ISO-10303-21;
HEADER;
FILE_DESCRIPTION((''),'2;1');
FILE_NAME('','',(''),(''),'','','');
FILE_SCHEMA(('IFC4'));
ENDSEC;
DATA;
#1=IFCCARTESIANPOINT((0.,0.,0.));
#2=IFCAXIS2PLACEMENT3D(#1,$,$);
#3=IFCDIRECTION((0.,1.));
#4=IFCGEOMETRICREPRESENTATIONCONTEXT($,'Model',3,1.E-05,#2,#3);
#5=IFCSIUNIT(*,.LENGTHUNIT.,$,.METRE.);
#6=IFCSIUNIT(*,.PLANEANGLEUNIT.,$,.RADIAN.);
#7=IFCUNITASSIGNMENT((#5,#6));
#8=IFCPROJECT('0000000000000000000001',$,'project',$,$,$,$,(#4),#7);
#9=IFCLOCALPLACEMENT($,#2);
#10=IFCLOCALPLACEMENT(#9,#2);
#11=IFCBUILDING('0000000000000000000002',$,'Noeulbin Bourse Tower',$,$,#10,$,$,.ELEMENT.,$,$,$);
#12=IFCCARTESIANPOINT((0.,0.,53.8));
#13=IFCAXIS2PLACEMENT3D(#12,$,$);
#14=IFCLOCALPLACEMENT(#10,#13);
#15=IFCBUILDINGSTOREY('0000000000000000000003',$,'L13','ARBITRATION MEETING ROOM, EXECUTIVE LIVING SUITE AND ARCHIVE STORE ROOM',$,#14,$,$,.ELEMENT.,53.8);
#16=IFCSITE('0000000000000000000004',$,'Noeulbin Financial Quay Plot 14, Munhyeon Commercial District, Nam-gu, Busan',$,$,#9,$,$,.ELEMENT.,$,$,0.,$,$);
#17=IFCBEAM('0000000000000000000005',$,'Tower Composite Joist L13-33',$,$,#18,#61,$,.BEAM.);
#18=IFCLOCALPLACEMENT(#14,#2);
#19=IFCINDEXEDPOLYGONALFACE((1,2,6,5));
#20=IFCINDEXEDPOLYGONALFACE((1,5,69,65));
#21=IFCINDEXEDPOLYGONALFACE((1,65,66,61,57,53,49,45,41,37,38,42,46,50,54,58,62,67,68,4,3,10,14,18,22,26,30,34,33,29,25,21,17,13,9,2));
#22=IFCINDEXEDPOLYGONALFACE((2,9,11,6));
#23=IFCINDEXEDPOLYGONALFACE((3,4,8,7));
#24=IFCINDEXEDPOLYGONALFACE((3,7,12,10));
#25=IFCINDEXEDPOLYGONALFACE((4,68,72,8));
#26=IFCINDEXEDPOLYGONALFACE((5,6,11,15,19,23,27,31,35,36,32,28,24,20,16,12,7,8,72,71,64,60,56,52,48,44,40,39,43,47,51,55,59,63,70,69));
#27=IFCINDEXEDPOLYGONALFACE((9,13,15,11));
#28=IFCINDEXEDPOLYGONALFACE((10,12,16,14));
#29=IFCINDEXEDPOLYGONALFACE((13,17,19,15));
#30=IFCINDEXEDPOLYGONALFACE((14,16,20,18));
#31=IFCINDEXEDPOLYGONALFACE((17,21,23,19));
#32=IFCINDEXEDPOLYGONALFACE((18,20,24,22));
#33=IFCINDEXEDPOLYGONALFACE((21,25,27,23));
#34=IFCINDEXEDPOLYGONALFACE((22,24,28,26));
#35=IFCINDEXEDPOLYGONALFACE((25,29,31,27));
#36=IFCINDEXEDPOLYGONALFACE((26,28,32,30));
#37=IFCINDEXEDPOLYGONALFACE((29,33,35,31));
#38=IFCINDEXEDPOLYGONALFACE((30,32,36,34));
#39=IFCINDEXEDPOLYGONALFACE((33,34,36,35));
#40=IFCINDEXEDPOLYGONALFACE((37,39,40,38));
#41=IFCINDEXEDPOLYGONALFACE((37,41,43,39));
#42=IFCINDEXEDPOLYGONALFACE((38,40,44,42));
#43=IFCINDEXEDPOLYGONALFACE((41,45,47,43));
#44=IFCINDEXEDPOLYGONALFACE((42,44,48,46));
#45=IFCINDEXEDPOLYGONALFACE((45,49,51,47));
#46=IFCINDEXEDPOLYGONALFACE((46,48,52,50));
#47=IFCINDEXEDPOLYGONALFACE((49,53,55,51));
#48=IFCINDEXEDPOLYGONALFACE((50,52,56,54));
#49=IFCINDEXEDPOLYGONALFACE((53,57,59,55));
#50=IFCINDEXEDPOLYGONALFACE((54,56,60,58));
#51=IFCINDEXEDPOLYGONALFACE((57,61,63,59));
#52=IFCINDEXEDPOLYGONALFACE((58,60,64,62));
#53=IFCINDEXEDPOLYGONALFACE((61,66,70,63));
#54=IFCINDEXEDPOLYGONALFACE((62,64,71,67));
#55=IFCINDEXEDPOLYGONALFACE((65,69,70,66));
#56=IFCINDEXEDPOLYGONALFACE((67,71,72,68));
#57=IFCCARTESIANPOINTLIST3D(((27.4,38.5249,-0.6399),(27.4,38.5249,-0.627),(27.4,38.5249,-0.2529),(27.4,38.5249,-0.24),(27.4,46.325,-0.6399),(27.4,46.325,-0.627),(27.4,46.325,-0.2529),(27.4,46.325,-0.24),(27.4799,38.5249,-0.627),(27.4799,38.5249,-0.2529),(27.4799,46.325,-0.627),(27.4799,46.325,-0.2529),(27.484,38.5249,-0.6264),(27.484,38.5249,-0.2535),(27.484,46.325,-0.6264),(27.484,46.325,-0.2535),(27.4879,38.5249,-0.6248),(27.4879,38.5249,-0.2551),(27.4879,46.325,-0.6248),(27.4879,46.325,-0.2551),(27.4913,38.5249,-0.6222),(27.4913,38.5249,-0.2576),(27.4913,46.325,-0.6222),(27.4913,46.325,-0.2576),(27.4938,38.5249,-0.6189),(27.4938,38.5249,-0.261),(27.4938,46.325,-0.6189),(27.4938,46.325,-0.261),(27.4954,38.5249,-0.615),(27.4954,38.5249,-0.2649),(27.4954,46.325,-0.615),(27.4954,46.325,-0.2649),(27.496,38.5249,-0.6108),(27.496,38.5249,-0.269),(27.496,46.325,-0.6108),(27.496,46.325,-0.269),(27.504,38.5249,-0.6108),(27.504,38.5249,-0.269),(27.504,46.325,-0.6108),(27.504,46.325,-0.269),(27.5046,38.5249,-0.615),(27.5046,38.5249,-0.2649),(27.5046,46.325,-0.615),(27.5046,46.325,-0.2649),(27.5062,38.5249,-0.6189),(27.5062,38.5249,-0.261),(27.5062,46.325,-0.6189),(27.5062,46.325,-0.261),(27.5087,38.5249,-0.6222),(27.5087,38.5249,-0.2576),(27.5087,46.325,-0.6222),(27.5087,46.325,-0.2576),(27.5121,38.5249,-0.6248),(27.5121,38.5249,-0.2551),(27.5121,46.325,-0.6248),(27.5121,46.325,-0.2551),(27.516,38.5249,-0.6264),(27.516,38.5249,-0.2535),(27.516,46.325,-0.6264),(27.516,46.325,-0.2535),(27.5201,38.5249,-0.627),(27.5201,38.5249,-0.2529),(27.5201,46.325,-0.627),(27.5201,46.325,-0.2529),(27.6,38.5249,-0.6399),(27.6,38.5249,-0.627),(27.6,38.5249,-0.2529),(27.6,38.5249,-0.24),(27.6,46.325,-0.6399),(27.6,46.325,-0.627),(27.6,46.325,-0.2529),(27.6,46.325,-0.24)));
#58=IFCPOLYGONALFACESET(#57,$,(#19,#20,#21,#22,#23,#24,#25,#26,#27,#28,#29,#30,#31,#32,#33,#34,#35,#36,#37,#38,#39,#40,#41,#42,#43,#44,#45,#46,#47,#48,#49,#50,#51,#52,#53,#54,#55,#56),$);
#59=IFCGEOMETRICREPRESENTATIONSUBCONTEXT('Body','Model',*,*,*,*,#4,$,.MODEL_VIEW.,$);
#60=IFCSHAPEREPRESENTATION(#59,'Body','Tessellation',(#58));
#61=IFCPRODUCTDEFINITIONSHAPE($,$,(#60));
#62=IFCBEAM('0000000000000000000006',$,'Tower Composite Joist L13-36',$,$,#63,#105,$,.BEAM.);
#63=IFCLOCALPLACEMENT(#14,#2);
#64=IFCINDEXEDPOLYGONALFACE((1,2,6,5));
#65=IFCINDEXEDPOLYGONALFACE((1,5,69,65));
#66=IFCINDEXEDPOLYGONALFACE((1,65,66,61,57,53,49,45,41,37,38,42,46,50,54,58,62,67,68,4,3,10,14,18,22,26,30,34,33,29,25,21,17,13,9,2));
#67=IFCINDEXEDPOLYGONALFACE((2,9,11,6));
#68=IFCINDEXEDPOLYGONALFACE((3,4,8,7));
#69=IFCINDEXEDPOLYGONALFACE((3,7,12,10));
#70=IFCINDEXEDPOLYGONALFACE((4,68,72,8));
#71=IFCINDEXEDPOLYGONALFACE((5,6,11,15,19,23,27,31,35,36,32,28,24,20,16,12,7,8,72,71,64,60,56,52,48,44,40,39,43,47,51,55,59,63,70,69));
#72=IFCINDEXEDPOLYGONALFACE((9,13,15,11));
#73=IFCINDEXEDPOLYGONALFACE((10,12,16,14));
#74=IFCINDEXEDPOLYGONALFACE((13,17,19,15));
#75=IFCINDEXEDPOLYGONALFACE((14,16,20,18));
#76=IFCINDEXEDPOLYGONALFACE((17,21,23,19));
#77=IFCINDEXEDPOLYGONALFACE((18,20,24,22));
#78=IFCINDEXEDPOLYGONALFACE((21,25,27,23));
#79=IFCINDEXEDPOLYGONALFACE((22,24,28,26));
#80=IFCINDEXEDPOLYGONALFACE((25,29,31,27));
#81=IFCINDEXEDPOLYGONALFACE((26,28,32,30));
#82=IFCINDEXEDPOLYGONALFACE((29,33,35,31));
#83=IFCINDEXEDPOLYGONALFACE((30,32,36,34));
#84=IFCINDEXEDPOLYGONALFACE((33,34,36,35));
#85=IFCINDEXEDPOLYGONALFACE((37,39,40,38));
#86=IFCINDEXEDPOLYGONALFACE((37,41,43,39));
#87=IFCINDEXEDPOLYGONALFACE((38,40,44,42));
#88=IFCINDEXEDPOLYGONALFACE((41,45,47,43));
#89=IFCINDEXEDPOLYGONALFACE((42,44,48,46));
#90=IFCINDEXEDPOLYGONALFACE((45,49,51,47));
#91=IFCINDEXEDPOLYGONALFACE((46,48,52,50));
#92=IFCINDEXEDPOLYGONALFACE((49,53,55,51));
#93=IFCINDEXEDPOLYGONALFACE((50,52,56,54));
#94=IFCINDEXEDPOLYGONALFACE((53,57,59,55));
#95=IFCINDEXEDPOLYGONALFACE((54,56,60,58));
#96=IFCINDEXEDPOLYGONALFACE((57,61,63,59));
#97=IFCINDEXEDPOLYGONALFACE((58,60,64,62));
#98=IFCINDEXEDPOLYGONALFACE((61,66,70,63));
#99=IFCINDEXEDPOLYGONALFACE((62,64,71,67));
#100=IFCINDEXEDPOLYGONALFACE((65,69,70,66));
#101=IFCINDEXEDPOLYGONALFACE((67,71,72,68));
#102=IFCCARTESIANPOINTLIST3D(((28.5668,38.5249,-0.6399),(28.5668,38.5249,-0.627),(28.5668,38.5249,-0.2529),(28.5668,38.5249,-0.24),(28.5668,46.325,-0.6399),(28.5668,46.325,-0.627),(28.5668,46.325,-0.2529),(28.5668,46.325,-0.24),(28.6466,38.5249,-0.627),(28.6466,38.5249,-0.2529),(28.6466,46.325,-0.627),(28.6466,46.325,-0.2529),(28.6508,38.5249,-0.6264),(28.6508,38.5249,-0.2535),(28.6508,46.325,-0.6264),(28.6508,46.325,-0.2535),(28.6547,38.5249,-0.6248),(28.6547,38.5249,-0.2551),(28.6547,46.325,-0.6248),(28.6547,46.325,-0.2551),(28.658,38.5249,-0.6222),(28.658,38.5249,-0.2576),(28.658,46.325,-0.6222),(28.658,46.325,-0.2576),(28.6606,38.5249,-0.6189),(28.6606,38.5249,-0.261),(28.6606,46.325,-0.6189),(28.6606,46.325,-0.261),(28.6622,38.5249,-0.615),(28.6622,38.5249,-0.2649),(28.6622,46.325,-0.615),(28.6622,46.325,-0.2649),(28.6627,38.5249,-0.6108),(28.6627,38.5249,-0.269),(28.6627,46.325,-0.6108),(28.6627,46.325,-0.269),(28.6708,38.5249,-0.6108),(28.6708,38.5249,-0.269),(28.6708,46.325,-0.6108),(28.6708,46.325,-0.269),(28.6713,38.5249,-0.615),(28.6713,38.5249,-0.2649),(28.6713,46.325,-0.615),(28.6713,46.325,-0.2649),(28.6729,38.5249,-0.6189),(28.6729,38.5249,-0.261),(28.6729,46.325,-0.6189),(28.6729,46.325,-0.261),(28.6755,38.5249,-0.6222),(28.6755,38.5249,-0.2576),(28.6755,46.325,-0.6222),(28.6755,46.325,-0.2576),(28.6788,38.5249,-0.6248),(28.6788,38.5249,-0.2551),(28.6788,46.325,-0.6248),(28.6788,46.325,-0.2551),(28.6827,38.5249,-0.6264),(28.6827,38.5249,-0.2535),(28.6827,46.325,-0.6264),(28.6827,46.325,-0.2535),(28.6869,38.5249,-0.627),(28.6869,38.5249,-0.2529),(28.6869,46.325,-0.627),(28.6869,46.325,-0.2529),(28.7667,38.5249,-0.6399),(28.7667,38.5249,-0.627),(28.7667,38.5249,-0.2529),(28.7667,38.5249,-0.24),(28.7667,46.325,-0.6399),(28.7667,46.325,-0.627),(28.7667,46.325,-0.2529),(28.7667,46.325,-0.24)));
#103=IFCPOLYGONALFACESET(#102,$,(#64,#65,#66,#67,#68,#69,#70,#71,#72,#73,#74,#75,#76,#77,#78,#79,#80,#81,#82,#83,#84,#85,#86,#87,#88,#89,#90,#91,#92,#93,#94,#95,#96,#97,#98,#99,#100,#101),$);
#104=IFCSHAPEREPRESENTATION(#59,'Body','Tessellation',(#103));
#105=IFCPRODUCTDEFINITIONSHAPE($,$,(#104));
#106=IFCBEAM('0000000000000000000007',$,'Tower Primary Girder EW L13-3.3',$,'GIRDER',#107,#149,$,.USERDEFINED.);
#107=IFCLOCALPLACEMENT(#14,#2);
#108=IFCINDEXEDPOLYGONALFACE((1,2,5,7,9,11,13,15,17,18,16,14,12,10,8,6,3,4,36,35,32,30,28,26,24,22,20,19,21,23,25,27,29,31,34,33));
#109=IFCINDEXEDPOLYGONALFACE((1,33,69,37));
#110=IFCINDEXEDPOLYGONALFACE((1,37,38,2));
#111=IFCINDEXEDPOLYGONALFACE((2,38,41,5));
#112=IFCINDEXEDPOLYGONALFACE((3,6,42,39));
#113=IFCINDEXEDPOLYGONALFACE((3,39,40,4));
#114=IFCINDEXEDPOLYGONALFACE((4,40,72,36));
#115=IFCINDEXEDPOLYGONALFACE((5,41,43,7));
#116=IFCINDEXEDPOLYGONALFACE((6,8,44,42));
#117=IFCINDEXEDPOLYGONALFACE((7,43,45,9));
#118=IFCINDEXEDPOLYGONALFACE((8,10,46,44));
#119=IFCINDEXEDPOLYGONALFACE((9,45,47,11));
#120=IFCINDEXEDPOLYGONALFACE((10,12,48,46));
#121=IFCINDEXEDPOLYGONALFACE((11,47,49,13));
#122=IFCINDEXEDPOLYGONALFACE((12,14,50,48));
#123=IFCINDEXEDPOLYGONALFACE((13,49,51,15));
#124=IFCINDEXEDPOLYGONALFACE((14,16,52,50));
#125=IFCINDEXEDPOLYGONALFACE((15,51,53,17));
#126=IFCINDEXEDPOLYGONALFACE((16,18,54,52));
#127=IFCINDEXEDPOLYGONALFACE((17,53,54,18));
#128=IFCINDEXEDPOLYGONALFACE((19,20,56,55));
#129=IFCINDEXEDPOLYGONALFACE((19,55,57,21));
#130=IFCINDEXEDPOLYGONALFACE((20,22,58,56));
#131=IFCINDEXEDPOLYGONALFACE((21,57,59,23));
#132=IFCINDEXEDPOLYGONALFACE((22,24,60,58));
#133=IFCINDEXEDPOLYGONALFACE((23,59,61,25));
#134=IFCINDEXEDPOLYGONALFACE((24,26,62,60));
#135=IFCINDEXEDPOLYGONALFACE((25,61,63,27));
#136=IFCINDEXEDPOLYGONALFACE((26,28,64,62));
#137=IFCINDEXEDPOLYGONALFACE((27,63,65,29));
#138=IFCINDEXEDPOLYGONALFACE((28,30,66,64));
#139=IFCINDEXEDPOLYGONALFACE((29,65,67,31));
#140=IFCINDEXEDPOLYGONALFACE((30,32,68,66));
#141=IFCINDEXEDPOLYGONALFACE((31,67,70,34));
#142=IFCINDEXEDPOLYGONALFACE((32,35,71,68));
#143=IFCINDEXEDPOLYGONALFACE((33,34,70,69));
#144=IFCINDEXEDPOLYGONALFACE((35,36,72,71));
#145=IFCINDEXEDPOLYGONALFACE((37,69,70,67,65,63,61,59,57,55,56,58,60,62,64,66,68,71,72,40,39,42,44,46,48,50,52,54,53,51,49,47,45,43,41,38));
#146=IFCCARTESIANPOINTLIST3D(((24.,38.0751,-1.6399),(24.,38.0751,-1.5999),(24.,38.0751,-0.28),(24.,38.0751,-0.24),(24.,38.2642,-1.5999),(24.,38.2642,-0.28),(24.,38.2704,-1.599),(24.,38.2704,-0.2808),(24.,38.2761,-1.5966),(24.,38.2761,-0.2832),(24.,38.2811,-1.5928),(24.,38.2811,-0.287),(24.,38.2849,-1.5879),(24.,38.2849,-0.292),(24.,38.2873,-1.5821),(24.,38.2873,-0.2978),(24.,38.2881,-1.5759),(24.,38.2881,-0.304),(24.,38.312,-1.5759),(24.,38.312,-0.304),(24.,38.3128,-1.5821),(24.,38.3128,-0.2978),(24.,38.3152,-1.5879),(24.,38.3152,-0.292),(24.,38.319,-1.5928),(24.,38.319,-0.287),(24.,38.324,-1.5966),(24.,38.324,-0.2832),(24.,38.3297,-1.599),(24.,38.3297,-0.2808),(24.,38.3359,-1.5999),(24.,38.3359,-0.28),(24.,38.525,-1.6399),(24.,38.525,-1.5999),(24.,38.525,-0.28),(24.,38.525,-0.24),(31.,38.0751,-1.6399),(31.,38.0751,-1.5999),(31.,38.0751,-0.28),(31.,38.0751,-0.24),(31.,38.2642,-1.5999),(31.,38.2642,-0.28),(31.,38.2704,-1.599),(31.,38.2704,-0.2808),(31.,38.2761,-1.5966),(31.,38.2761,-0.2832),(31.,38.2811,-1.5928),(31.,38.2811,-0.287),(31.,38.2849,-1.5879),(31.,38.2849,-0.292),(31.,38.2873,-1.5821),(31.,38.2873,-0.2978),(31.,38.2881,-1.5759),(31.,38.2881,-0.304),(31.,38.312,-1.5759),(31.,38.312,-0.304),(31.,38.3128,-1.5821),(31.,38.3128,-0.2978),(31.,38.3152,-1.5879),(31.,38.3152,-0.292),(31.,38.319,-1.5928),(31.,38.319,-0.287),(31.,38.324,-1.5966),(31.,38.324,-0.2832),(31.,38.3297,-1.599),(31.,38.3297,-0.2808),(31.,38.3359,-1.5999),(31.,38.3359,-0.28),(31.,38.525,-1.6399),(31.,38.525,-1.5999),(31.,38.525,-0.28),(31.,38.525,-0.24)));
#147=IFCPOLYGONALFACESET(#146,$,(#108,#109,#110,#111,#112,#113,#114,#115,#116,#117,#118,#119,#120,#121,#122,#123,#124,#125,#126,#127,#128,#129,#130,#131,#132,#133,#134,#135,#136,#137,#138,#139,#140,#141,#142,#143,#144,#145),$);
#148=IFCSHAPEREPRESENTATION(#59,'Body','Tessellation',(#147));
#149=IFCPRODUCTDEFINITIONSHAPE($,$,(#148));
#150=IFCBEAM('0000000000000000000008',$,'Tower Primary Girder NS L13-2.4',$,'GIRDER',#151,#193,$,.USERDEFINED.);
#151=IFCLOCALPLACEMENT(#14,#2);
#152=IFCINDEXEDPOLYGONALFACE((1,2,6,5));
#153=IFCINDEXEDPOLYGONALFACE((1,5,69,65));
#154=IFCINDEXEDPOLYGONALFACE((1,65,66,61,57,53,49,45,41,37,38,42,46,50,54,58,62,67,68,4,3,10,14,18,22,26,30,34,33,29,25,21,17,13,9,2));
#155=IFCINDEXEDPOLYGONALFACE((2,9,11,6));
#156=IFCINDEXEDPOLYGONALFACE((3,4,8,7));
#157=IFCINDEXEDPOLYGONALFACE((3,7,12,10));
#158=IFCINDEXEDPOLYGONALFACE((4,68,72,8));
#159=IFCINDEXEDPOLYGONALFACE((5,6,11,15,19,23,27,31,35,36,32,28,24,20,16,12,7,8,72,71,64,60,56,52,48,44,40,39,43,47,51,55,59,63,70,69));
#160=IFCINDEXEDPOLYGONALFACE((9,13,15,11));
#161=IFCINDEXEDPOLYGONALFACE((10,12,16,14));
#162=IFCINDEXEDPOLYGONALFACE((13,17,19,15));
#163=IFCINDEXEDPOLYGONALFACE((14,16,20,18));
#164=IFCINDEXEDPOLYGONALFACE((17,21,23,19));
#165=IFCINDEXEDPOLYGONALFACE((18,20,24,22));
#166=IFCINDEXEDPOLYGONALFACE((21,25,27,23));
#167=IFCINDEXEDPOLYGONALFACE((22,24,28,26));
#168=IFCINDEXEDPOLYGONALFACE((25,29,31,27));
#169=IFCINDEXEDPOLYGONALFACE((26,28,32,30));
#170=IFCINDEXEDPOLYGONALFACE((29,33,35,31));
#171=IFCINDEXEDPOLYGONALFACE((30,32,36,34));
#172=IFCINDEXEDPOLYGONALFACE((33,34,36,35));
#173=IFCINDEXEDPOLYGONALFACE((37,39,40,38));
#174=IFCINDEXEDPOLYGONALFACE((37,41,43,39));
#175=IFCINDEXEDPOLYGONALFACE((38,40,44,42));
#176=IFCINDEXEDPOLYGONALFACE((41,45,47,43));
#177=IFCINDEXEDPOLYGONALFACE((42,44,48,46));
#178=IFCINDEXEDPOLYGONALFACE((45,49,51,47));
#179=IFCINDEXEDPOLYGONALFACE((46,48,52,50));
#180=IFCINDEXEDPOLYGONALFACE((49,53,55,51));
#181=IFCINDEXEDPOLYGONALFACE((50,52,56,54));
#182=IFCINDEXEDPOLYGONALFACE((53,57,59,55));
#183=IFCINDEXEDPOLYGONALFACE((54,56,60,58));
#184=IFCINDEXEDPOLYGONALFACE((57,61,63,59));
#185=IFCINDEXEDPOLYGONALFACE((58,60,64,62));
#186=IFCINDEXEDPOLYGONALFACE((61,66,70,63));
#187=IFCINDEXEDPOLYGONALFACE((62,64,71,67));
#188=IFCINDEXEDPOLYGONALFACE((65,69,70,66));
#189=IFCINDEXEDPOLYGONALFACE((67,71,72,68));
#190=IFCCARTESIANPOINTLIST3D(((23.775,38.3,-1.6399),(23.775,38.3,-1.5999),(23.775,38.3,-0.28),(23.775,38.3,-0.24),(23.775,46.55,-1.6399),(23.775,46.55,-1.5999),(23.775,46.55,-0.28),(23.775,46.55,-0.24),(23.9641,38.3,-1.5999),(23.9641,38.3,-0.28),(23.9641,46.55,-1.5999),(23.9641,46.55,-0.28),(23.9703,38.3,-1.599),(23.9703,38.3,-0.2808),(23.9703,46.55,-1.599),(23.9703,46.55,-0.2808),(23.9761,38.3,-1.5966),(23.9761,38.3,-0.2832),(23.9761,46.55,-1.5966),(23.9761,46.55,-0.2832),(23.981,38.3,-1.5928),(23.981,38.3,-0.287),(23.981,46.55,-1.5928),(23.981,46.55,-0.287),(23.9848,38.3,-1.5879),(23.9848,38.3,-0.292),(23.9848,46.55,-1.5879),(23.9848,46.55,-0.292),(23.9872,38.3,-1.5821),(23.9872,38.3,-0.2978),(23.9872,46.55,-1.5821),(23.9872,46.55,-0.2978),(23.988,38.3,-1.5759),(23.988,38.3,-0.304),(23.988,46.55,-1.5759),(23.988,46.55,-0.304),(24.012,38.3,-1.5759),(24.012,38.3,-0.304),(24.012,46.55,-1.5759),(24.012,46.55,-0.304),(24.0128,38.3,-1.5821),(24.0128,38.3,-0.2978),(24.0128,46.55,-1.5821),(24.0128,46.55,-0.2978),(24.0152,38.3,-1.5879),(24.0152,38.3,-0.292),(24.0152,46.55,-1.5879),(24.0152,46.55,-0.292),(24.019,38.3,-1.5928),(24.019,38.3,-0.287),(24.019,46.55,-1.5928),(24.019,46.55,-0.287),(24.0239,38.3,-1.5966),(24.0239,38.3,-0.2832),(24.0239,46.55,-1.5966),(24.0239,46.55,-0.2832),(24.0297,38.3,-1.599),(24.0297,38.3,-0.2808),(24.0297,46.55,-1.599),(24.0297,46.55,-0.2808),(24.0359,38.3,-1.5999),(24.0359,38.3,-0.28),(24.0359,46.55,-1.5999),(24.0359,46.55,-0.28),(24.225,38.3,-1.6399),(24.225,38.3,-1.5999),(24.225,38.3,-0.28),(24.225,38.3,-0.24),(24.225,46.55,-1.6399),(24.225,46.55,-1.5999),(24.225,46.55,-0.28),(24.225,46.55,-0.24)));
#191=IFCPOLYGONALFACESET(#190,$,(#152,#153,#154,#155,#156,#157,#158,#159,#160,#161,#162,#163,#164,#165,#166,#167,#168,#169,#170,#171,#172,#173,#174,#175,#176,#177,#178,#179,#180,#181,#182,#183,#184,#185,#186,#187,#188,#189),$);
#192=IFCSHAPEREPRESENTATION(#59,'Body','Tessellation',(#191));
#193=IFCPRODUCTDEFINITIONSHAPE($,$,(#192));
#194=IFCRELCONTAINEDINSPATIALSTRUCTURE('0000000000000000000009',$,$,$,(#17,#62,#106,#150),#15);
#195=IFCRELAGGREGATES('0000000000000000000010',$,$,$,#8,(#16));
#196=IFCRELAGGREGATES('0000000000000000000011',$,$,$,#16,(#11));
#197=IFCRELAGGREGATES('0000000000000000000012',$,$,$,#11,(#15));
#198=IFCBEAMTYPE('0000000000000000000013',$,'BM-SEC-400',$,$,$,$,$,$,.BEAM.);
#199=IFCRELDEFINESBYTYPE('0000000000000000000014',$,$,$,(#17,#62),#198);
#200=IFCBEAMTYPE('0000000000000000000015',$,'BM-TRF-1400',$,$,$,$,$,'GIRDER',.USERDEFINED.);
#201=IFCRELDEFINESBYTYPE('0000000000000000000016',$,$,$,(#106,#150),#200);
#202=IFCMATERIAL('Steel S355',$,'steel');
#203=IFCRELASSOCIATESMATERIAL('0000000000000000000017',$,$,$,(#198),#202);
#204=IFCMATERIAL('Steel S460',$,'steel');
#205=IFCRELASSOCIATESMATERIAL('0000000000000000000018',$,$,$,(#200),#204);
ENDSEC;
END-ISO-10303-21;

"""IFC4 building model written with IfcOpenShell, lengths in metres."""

from ifc_helpers import new_model, si_unit, direction, frame, origin, origin_2d, place, context, subcontext, project, spatial, i_section, extrude, material, material_profile, profile_set, type_object, element, save


model = new_model("IFC4")

# Units and contexts
model_context = context("Model", 3, precision=1e-05, world=origin(), true_north=direction((0.0, 1.0)))
body_context = subcontext(model_context, "Body", "Model", "MODEL_VIEW")
ifc_project = project(units=[si_unit("LENGTHUNIT", "METRE"), si_unit("PLANEANGLEUNIT", "RADIAN")], contexts=[model_context])

# Site, building, storey
site_placement = place(None, origin())
site = spatial("IfcSite", under=ifc_project, at=site_placement, Name="Noeulbin Financial Quay Plot 14, Munhyeon Commercial District, Nam-gu, Busan", CompositionType="ELEMENT", RefElevation=0.0)
building_placement = place(site_placement, origin())
building = spatial("IfcBuilding", under=site, at=building_placement, Name="Noeulbin Bourse Tower", CompositionType="ELEMENT")
storey_placement = place(building_placement, frame((0.0, 0.0, 53.8)))
storey = spatial("IfcBuildingStorey", under=building, at=storey_placement, Name="L13", Description="ARBITRATION MEETING ROOM, EXECUTIVE LIVING SUITE AND ARCHIVE STORE ROOM", CompositionType="ELEMENT", Elevation=53.8)

# Shared definitions
ifc_material_1 = material(Name="Steel S460", Category="steel")

# Beams
ifc_material_2 = material(Name="Steel S355", Category="steel")
ifc_material_profile_1 = material_profile(ifc_material_2, i_section(OverallWidth=0.2, OverallDepth=0.3999, WebThickness=0.0081, FlangeThickness=0.0129, FilletRadius=0.0161, at=origin_2d()), Name="H-400x200x8x13", Category="LoadBearing")
ifc_profile_set_1 = profile_set([ifc_material_profile_1], Name="Steel S355")
beam_type_1 = type_object("IfcBeamType", Name="BM-SEC-400", PredefinedType="BEAM", material=ifc_profile_set_1)
for number, where, z_axis, x_axis, name in (
    (1, (27.5, 38.5249, -0.4399), (0.0, 1.0, 0.0), (-1.0, 0.0, 0.0), "Tower Composite Joist L13-33"),
    (2, (28.6667, 38.5249, -0.4399), (0.0, 1.0, 0.0), (-1.0, 0.0, 0.0), "Tower Composite Joist L13-36"),
):
    element("IfcBeam", number, at=place(storey_placement, frame(where, z_axis=z_axis, x_axis=x_axis)), inside=storey, type_object=beam_type_1, Name=name, PredefinedType="BEAM", context=body_context, shape_type="SweptSolid", body=[
        extrude(i_section(OverallWidth=0.2, OverallDepth=0.3999, WebThickness=0.0081, FlangeThickness=0.0129, FilletRadius=0.0161, at=origin_2d()), origin(), (0.0, 0.0, 1.0), 7.8),
    ])
ifc_material_profile_2 = material_profile(ifc_material_1, i_section(OverallWidth=0.45, OverallDepth=1.3999, WebThickness=0.0239, FlangeThickness=0.04, FilletRadius=0.0239, at=origin_2d()), Name="PG-1400x450x24x40", Category="LoadBearing")
ifc_profile_set_2 = profile_set([ifc_material_profile_2], Name="Steel S460")
beam_type_2 = type_object("IfcBeamType", Name="BM-TRF-1400", ElementType="GIRDER", PredefinedType="USERDEFINED", material=ifc_profile_set_2)
beam_1_placement = place(storey_placement, frame((24.0, 38.3, -0.9399), z_axis=(1.0, 0.0, 0.0), x_axis=(0.0, 1.0, 0.0)))
element("IfcBeam", 3, at=beam_1_placement, inside=storey, type_object=beam_type_2, Name="Tower Primary Girder EW L13-3.3", ObjectType="GIRDER", PredefinedType="USERDEFINED", context=body_context, shape_type="SweptSolid", body=[
    extrude(i_section(OverallWidth=0.45, OverallDepth=1.3999, WebThickness=0.0239, FlangeThickness=0.04, FilletRadius=0.0239, at=origin_2d()), origin(), (0.0, 0.0, 1.0), 7.0),
])
beam_2_placement = place(storey_placement, frame((24.0, 38.3, -0.9399), z_axis=(0.0, 1.0, 0.0), x_axis=(-1.0, 0.0, 0.0)))
element("IfcBeam", 4, at=beam_2_placement, inside=storey, type_object=beam_type_2, Name="Tower Primary Girder NS L13-2.4", ObjectType="GIRDER", PredefinedType="USERDEFINED", context=body_context, shape_type="SweptSolid", body=[
    extrude(i_section(OverallWidth=0.45, OverallDepth=1.3999, WebThickness=0.0239, FlangeThickness=0.04, FilletRadius=0.0239, at=origin_2d()), origin(), (0.0, 0.0, 1.0), 8.25),
])

save(model, "model.ifc")
